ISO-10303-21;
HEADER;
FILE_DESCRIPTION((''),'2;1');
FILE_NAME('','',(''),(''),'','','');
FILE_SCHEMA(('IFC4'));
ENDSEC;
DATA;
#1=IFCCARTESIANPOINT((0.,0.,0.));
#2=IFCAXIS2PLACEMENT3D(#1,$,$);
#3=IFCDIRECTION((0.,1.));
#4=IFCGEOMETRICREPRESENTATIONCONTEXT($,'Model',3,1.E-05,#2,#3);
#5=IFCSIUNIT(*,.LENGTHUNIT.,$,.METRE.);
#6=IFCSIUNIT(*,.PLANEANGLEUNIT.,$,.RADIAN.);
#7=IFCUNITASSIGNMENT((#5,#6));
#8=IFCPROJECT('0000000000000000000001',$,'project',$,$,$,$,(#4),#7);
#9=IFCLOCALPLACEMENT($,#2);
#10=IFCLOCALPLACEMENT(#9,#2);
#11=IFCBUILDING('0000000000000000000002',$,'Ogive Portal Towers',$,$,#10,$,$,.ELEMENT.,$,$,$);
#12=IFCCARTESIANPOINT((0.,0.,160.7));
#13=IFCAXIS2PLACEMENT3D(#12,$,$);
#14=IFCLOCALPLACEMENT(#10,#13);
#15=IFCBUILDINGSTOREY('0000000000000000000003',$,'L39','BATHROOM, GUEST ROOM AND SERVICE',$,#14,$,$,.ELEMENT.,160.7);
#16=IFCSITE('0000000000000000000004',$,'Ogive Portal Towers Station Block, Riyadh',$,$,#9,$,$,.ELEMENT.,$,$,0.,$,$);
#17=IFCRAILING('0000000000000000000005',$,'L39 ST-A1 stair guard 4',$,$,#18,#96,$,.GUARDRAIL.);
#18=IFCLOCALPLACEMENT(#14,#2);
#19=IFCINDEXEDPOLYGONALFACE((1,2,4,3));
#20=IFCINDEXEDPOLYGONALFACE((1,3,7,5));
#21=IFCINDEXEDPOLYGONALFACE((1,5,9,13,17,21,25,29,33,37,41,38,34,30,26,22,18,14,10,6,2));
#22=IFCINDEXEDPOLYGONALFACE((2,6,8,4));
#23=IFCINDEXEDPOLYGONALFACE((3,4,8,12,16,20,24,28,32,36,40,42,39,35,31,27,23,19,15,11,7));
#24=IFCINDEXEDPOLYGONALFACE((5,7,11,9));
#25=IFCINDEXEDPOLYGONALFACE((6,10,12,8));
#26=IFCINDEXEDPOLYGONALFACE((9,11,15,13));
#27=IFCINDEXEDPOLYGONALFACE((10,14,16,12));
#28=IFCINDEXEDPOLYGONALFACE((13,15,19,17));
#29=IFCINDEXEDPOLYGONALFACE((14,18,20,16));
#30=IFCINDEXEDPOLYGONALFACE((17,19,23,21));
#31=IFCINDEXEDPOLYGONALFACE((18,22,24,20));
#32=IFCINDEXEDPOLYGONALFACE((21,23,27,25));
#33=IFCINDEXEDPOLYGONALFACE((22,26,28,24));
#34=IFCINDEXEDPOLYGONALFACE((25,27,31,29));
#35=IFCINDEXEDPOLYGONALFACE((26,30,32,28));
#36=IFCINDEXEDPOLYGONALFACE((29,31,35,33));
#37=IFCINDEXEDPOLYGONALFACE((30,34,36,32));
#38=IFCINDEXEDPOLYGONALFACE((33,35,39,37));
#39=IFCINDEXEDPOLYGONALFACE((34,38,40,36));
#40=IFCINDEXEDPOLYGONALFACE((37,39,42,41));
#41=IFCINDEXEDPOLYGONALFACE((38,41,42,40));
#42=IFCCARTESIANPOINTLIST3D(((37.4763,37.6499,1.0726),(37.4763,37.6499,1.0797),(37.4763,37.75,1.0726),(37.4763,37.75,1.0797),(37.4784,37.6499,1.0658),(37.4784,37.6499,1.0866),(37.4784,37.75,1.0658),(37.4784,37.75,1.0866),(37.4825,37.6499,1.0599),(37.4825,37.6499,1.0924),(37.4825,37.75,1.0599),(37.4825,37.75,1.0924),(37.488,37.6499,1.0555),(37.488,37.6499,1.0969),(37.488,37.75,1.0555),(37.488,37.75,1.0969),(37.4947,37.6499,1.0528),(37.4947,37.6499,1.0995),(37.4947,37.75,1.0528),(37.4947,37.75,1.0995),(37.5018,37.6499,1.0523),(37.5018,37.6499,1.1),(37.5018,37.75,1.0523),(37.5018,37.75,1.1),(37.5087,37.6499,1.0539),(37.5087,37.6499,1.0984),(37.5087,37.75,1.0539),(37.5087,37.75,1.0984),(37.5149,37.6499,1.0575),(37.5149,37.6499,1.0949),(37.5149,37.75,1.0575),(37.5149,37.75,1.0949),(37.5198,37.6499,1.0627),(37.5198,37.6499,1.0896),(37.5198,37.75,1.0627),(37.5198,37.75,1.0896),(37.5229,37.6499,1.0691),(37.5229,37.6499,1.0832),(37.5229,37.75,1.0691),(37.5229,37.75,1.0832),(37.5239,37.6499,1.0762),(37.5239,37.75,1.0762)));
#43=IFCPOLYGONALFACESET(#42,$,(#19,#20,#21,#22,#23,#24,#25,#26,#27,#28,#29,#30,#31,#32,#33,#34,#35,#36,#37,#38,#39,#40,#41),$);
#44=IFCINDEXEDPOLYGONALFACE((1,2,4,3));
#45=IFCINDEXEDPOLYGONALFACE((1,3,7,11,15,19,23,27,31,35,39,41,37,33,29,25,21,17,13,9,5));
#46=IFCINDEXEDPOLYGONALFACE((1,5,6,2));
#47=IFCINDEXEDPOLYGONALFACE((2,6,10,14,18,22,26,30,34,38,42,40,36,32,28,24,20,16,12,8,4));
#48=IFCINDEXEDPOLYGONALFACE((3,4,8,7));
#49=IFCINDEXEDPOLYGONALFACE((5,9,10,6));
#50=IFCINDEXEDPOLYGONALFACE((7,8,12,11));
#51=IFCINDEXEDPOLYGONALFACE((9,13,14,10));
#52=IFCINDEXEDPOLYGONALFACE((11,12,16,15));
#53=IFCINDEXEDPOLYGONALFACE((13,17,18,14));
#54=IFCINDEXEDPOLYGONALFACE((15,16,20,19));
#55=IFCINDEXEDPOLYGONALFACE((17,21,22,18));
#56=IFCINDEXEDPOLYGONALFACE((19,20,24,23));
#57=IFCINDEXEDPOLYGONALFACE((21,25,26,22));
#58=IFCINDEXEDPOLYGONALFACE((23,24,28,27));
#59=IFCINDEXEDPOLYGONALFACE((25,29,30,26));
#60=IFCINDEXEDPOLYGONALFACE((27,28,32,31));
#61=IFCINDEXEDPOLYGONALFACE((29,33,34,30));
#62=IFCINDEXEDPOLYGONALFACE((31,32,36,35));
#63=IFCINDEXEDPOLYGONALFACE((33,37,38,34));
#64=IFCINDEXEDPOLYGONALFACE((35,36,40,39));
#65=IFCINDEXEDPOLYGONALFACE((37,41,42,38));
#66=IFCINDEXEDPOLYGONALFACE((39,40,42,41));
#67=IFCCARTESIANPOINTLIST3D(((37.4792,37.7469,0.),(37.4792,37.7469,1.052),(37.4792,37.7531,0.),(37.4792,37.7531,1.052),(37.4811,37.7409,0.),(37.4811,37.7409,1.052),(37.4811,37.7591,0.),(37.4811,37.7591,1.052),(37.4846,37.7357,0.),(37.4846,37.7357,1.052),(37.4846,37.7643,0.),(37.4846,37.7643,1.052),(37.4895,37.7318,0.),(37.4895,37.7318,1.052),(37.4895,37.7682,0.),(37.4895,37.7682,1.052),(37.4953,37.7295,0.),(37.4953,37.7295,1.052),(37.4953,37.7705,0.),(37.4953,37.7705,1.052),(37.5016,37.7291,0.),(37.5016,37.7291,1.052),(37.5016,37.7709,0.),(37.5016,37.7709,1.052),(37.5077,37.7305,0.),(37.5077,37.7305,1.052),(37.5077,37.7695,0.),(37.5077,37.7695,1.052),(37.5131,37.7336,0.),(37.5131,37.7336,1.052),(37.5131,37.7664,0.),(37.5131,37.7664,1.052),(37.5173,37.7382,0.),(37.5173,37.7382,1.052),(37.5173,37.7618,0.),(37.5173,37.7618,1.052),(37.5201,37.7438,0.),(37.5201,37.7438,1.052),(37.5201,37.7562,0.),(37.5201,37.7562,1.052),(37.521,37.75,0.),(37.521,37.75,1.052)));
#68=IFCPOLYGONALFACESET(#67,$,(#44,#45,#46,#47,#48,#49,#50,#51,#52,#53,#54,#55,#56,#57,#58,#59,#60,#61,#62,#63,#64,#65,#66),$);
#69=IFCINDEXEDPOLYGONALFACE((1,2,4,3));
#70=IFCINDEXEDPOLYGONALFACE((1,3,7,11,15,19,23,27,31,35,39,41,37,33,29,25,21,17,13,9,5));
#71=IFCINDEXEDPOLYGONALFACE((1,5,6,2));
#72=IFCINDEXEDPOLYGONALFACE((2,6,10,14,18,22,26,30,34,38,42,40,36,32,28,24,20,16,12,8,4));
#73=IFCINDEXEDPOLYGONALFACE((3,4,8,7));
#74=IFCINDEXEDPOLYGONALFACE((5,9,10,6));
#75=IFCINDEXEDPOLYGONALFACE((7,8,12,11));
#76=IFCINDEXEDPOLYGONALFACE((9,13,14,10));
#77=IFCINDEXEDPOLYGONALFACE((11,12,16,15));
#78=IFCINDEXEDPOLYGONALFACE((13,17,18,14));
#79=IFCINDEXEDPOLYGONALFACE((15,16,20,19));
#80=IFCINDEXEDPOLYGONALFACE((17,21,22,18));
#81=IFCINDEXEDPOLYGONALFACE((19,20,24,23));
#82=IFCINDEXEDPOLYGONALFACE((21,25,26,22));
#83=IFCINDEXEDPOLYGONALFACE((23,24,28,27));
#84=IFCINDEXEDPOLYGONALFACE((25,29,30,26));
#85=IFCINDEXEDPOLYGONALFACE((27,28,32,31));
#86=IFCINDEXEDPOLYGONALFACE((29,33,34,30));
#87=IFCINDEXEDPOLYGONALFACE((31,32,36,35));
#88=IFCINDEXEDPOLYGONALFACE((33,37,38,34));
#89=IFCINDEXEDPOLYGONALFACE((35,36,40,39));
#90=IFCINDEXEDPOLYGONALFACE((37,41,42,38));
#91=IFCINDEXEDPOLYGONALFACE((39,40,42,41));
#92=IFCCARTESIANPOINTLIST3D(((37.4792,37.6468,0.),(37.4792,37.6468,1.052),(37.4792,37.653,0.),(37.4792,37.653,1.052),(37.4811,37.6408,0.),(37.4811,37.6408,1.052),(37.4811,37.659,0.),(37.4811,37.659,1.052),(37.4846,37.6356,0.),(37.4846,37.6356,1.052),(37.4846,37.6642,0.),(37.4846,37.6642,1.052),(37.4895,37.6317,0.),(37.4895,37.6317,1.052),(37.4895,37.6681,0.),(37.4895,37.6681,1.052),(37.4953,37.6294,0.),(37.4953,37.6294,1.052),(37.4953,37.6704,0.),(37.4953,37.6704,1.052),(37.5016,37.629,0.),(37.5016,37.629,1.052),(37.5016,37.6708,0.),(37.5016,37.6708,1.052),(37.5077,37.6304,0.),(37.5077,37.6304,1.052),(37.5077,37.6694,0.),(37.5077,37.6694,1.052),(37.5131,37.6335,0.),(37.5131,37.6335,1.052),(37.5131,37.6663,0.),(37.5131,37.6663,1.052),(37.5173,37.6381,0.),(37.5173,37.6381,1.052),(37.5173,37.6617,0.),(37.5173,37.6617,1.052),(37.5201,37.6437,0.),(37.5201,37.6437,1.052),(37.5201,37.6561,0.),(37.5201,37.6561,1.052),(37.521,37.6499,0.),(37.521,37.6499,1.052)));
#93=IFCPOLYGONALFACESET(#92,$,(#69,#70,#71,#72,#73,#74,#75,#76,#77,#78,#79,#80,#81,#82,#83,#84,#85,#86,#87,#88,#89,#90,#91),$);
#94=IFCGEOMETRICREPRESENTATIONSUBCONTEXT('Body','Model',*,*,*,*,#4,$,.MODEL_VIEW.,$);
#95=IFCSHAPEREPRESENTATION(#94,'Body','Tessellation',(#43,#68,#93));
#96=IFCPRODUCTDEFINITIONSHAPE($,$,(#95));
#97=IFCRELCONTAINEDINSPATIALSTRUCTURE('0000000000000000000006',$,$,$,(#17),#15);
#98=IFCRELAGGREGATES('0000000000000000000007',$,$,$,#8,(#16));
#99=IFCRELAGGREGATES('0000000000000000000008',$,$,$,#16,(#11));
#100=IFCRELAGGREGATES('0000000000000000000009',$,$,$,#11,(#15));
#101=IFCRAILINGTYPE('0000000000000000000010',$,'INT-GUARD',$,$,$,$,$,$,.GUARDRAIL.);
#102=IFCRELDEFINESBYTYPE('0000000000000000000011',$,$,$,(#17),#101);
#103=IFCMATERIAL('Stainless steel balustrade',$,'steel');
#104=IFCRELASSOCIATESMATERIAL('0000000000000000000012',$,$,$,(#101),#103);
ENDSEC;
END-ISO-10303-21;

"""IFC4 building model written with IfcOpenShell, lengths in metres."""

from ifc_helpers import new_model, si_unit, direction, frame, origin, origin_2d, place, context, subcontext, project, spatial, circle, extrude, material, type_object, element, save


model = new_model("IFC4")

# Units and contexts
model_context = context("Model", 3, precision=1e-05, world=origin(), true_north=direction((0.0, 1.0)))
body_context = subcontext(model_context, "Body", "Model", "MODEL_VIEW")
ifc_project = project(units=[si_unit("LENGTHUNIT", "METRE"), si_unit("PLANEANGLEUNIT", "RADIAN")], contexts=[model_context])

# Site, building, storey
site_placement = place(None, origin())
site = spatial("IfcSite", under=ifc_project, at=site_placement, Name="Ogive Portal Towers Station Block, Riyadh", CompositionType="ELEMENT", RefElevation=0.0)
building_placement = place(site_placement, origin())
building = spatial("IfcBuilding", under=site, at=building_placement, Name="Ogive Portal Towers", CompositionType="ELEMENT")
storey_placement = place(building_placement, frame((0.0, 0.0, 160.7)))
storey = spatial("IfcBuildingStorey", under=building, at=storey_placement, Name="L39", Description="BATHROOM, GUEST ROOM AND SERVICE", CompositionType="ELEMENT", Elevation=160.7)

# Railing
ifc_material_1 = material(Name="Stainless steel balustrade", Category="steel")
railing_type = type_object("IfcRailingType", Name="INT-GUARD", PredefinedType="GUARDRAIL", material=ifc_material_1)
railing_placement = place(storey_placement, frame((37.5, 37.75, 0.0)))
element("IfcRailing", 1, at=railing_placement, inside=storey, type_object=railing_type, Name="L39 ST-A1 stair guard 4", PredefinedType="GUARDRAIL", context=body_context, shape_type="SweptSolid", body=[
    extrude(circle(Radius=0.0239, at=origin_2d()), frame((0.0, 0.0, 1.0762), z_axis=(0.0, -1.0, 0.0), x_axis=(1.0, 0.0, 0.0)), (0.0, 0.0, 1.0), 0.1001),
    extrude(circle(Radius=0.021, at=origin_2d()), origin(), (0.0, 0.0, 1.0), 1.052),
    extrude(circle(Radius=0.021, at=origin_2d()), frame((0.0, -0.1001, 0.0)), (0.0, 0.0, 1.0), 1.052),
])

save(model, "model.ifc")
